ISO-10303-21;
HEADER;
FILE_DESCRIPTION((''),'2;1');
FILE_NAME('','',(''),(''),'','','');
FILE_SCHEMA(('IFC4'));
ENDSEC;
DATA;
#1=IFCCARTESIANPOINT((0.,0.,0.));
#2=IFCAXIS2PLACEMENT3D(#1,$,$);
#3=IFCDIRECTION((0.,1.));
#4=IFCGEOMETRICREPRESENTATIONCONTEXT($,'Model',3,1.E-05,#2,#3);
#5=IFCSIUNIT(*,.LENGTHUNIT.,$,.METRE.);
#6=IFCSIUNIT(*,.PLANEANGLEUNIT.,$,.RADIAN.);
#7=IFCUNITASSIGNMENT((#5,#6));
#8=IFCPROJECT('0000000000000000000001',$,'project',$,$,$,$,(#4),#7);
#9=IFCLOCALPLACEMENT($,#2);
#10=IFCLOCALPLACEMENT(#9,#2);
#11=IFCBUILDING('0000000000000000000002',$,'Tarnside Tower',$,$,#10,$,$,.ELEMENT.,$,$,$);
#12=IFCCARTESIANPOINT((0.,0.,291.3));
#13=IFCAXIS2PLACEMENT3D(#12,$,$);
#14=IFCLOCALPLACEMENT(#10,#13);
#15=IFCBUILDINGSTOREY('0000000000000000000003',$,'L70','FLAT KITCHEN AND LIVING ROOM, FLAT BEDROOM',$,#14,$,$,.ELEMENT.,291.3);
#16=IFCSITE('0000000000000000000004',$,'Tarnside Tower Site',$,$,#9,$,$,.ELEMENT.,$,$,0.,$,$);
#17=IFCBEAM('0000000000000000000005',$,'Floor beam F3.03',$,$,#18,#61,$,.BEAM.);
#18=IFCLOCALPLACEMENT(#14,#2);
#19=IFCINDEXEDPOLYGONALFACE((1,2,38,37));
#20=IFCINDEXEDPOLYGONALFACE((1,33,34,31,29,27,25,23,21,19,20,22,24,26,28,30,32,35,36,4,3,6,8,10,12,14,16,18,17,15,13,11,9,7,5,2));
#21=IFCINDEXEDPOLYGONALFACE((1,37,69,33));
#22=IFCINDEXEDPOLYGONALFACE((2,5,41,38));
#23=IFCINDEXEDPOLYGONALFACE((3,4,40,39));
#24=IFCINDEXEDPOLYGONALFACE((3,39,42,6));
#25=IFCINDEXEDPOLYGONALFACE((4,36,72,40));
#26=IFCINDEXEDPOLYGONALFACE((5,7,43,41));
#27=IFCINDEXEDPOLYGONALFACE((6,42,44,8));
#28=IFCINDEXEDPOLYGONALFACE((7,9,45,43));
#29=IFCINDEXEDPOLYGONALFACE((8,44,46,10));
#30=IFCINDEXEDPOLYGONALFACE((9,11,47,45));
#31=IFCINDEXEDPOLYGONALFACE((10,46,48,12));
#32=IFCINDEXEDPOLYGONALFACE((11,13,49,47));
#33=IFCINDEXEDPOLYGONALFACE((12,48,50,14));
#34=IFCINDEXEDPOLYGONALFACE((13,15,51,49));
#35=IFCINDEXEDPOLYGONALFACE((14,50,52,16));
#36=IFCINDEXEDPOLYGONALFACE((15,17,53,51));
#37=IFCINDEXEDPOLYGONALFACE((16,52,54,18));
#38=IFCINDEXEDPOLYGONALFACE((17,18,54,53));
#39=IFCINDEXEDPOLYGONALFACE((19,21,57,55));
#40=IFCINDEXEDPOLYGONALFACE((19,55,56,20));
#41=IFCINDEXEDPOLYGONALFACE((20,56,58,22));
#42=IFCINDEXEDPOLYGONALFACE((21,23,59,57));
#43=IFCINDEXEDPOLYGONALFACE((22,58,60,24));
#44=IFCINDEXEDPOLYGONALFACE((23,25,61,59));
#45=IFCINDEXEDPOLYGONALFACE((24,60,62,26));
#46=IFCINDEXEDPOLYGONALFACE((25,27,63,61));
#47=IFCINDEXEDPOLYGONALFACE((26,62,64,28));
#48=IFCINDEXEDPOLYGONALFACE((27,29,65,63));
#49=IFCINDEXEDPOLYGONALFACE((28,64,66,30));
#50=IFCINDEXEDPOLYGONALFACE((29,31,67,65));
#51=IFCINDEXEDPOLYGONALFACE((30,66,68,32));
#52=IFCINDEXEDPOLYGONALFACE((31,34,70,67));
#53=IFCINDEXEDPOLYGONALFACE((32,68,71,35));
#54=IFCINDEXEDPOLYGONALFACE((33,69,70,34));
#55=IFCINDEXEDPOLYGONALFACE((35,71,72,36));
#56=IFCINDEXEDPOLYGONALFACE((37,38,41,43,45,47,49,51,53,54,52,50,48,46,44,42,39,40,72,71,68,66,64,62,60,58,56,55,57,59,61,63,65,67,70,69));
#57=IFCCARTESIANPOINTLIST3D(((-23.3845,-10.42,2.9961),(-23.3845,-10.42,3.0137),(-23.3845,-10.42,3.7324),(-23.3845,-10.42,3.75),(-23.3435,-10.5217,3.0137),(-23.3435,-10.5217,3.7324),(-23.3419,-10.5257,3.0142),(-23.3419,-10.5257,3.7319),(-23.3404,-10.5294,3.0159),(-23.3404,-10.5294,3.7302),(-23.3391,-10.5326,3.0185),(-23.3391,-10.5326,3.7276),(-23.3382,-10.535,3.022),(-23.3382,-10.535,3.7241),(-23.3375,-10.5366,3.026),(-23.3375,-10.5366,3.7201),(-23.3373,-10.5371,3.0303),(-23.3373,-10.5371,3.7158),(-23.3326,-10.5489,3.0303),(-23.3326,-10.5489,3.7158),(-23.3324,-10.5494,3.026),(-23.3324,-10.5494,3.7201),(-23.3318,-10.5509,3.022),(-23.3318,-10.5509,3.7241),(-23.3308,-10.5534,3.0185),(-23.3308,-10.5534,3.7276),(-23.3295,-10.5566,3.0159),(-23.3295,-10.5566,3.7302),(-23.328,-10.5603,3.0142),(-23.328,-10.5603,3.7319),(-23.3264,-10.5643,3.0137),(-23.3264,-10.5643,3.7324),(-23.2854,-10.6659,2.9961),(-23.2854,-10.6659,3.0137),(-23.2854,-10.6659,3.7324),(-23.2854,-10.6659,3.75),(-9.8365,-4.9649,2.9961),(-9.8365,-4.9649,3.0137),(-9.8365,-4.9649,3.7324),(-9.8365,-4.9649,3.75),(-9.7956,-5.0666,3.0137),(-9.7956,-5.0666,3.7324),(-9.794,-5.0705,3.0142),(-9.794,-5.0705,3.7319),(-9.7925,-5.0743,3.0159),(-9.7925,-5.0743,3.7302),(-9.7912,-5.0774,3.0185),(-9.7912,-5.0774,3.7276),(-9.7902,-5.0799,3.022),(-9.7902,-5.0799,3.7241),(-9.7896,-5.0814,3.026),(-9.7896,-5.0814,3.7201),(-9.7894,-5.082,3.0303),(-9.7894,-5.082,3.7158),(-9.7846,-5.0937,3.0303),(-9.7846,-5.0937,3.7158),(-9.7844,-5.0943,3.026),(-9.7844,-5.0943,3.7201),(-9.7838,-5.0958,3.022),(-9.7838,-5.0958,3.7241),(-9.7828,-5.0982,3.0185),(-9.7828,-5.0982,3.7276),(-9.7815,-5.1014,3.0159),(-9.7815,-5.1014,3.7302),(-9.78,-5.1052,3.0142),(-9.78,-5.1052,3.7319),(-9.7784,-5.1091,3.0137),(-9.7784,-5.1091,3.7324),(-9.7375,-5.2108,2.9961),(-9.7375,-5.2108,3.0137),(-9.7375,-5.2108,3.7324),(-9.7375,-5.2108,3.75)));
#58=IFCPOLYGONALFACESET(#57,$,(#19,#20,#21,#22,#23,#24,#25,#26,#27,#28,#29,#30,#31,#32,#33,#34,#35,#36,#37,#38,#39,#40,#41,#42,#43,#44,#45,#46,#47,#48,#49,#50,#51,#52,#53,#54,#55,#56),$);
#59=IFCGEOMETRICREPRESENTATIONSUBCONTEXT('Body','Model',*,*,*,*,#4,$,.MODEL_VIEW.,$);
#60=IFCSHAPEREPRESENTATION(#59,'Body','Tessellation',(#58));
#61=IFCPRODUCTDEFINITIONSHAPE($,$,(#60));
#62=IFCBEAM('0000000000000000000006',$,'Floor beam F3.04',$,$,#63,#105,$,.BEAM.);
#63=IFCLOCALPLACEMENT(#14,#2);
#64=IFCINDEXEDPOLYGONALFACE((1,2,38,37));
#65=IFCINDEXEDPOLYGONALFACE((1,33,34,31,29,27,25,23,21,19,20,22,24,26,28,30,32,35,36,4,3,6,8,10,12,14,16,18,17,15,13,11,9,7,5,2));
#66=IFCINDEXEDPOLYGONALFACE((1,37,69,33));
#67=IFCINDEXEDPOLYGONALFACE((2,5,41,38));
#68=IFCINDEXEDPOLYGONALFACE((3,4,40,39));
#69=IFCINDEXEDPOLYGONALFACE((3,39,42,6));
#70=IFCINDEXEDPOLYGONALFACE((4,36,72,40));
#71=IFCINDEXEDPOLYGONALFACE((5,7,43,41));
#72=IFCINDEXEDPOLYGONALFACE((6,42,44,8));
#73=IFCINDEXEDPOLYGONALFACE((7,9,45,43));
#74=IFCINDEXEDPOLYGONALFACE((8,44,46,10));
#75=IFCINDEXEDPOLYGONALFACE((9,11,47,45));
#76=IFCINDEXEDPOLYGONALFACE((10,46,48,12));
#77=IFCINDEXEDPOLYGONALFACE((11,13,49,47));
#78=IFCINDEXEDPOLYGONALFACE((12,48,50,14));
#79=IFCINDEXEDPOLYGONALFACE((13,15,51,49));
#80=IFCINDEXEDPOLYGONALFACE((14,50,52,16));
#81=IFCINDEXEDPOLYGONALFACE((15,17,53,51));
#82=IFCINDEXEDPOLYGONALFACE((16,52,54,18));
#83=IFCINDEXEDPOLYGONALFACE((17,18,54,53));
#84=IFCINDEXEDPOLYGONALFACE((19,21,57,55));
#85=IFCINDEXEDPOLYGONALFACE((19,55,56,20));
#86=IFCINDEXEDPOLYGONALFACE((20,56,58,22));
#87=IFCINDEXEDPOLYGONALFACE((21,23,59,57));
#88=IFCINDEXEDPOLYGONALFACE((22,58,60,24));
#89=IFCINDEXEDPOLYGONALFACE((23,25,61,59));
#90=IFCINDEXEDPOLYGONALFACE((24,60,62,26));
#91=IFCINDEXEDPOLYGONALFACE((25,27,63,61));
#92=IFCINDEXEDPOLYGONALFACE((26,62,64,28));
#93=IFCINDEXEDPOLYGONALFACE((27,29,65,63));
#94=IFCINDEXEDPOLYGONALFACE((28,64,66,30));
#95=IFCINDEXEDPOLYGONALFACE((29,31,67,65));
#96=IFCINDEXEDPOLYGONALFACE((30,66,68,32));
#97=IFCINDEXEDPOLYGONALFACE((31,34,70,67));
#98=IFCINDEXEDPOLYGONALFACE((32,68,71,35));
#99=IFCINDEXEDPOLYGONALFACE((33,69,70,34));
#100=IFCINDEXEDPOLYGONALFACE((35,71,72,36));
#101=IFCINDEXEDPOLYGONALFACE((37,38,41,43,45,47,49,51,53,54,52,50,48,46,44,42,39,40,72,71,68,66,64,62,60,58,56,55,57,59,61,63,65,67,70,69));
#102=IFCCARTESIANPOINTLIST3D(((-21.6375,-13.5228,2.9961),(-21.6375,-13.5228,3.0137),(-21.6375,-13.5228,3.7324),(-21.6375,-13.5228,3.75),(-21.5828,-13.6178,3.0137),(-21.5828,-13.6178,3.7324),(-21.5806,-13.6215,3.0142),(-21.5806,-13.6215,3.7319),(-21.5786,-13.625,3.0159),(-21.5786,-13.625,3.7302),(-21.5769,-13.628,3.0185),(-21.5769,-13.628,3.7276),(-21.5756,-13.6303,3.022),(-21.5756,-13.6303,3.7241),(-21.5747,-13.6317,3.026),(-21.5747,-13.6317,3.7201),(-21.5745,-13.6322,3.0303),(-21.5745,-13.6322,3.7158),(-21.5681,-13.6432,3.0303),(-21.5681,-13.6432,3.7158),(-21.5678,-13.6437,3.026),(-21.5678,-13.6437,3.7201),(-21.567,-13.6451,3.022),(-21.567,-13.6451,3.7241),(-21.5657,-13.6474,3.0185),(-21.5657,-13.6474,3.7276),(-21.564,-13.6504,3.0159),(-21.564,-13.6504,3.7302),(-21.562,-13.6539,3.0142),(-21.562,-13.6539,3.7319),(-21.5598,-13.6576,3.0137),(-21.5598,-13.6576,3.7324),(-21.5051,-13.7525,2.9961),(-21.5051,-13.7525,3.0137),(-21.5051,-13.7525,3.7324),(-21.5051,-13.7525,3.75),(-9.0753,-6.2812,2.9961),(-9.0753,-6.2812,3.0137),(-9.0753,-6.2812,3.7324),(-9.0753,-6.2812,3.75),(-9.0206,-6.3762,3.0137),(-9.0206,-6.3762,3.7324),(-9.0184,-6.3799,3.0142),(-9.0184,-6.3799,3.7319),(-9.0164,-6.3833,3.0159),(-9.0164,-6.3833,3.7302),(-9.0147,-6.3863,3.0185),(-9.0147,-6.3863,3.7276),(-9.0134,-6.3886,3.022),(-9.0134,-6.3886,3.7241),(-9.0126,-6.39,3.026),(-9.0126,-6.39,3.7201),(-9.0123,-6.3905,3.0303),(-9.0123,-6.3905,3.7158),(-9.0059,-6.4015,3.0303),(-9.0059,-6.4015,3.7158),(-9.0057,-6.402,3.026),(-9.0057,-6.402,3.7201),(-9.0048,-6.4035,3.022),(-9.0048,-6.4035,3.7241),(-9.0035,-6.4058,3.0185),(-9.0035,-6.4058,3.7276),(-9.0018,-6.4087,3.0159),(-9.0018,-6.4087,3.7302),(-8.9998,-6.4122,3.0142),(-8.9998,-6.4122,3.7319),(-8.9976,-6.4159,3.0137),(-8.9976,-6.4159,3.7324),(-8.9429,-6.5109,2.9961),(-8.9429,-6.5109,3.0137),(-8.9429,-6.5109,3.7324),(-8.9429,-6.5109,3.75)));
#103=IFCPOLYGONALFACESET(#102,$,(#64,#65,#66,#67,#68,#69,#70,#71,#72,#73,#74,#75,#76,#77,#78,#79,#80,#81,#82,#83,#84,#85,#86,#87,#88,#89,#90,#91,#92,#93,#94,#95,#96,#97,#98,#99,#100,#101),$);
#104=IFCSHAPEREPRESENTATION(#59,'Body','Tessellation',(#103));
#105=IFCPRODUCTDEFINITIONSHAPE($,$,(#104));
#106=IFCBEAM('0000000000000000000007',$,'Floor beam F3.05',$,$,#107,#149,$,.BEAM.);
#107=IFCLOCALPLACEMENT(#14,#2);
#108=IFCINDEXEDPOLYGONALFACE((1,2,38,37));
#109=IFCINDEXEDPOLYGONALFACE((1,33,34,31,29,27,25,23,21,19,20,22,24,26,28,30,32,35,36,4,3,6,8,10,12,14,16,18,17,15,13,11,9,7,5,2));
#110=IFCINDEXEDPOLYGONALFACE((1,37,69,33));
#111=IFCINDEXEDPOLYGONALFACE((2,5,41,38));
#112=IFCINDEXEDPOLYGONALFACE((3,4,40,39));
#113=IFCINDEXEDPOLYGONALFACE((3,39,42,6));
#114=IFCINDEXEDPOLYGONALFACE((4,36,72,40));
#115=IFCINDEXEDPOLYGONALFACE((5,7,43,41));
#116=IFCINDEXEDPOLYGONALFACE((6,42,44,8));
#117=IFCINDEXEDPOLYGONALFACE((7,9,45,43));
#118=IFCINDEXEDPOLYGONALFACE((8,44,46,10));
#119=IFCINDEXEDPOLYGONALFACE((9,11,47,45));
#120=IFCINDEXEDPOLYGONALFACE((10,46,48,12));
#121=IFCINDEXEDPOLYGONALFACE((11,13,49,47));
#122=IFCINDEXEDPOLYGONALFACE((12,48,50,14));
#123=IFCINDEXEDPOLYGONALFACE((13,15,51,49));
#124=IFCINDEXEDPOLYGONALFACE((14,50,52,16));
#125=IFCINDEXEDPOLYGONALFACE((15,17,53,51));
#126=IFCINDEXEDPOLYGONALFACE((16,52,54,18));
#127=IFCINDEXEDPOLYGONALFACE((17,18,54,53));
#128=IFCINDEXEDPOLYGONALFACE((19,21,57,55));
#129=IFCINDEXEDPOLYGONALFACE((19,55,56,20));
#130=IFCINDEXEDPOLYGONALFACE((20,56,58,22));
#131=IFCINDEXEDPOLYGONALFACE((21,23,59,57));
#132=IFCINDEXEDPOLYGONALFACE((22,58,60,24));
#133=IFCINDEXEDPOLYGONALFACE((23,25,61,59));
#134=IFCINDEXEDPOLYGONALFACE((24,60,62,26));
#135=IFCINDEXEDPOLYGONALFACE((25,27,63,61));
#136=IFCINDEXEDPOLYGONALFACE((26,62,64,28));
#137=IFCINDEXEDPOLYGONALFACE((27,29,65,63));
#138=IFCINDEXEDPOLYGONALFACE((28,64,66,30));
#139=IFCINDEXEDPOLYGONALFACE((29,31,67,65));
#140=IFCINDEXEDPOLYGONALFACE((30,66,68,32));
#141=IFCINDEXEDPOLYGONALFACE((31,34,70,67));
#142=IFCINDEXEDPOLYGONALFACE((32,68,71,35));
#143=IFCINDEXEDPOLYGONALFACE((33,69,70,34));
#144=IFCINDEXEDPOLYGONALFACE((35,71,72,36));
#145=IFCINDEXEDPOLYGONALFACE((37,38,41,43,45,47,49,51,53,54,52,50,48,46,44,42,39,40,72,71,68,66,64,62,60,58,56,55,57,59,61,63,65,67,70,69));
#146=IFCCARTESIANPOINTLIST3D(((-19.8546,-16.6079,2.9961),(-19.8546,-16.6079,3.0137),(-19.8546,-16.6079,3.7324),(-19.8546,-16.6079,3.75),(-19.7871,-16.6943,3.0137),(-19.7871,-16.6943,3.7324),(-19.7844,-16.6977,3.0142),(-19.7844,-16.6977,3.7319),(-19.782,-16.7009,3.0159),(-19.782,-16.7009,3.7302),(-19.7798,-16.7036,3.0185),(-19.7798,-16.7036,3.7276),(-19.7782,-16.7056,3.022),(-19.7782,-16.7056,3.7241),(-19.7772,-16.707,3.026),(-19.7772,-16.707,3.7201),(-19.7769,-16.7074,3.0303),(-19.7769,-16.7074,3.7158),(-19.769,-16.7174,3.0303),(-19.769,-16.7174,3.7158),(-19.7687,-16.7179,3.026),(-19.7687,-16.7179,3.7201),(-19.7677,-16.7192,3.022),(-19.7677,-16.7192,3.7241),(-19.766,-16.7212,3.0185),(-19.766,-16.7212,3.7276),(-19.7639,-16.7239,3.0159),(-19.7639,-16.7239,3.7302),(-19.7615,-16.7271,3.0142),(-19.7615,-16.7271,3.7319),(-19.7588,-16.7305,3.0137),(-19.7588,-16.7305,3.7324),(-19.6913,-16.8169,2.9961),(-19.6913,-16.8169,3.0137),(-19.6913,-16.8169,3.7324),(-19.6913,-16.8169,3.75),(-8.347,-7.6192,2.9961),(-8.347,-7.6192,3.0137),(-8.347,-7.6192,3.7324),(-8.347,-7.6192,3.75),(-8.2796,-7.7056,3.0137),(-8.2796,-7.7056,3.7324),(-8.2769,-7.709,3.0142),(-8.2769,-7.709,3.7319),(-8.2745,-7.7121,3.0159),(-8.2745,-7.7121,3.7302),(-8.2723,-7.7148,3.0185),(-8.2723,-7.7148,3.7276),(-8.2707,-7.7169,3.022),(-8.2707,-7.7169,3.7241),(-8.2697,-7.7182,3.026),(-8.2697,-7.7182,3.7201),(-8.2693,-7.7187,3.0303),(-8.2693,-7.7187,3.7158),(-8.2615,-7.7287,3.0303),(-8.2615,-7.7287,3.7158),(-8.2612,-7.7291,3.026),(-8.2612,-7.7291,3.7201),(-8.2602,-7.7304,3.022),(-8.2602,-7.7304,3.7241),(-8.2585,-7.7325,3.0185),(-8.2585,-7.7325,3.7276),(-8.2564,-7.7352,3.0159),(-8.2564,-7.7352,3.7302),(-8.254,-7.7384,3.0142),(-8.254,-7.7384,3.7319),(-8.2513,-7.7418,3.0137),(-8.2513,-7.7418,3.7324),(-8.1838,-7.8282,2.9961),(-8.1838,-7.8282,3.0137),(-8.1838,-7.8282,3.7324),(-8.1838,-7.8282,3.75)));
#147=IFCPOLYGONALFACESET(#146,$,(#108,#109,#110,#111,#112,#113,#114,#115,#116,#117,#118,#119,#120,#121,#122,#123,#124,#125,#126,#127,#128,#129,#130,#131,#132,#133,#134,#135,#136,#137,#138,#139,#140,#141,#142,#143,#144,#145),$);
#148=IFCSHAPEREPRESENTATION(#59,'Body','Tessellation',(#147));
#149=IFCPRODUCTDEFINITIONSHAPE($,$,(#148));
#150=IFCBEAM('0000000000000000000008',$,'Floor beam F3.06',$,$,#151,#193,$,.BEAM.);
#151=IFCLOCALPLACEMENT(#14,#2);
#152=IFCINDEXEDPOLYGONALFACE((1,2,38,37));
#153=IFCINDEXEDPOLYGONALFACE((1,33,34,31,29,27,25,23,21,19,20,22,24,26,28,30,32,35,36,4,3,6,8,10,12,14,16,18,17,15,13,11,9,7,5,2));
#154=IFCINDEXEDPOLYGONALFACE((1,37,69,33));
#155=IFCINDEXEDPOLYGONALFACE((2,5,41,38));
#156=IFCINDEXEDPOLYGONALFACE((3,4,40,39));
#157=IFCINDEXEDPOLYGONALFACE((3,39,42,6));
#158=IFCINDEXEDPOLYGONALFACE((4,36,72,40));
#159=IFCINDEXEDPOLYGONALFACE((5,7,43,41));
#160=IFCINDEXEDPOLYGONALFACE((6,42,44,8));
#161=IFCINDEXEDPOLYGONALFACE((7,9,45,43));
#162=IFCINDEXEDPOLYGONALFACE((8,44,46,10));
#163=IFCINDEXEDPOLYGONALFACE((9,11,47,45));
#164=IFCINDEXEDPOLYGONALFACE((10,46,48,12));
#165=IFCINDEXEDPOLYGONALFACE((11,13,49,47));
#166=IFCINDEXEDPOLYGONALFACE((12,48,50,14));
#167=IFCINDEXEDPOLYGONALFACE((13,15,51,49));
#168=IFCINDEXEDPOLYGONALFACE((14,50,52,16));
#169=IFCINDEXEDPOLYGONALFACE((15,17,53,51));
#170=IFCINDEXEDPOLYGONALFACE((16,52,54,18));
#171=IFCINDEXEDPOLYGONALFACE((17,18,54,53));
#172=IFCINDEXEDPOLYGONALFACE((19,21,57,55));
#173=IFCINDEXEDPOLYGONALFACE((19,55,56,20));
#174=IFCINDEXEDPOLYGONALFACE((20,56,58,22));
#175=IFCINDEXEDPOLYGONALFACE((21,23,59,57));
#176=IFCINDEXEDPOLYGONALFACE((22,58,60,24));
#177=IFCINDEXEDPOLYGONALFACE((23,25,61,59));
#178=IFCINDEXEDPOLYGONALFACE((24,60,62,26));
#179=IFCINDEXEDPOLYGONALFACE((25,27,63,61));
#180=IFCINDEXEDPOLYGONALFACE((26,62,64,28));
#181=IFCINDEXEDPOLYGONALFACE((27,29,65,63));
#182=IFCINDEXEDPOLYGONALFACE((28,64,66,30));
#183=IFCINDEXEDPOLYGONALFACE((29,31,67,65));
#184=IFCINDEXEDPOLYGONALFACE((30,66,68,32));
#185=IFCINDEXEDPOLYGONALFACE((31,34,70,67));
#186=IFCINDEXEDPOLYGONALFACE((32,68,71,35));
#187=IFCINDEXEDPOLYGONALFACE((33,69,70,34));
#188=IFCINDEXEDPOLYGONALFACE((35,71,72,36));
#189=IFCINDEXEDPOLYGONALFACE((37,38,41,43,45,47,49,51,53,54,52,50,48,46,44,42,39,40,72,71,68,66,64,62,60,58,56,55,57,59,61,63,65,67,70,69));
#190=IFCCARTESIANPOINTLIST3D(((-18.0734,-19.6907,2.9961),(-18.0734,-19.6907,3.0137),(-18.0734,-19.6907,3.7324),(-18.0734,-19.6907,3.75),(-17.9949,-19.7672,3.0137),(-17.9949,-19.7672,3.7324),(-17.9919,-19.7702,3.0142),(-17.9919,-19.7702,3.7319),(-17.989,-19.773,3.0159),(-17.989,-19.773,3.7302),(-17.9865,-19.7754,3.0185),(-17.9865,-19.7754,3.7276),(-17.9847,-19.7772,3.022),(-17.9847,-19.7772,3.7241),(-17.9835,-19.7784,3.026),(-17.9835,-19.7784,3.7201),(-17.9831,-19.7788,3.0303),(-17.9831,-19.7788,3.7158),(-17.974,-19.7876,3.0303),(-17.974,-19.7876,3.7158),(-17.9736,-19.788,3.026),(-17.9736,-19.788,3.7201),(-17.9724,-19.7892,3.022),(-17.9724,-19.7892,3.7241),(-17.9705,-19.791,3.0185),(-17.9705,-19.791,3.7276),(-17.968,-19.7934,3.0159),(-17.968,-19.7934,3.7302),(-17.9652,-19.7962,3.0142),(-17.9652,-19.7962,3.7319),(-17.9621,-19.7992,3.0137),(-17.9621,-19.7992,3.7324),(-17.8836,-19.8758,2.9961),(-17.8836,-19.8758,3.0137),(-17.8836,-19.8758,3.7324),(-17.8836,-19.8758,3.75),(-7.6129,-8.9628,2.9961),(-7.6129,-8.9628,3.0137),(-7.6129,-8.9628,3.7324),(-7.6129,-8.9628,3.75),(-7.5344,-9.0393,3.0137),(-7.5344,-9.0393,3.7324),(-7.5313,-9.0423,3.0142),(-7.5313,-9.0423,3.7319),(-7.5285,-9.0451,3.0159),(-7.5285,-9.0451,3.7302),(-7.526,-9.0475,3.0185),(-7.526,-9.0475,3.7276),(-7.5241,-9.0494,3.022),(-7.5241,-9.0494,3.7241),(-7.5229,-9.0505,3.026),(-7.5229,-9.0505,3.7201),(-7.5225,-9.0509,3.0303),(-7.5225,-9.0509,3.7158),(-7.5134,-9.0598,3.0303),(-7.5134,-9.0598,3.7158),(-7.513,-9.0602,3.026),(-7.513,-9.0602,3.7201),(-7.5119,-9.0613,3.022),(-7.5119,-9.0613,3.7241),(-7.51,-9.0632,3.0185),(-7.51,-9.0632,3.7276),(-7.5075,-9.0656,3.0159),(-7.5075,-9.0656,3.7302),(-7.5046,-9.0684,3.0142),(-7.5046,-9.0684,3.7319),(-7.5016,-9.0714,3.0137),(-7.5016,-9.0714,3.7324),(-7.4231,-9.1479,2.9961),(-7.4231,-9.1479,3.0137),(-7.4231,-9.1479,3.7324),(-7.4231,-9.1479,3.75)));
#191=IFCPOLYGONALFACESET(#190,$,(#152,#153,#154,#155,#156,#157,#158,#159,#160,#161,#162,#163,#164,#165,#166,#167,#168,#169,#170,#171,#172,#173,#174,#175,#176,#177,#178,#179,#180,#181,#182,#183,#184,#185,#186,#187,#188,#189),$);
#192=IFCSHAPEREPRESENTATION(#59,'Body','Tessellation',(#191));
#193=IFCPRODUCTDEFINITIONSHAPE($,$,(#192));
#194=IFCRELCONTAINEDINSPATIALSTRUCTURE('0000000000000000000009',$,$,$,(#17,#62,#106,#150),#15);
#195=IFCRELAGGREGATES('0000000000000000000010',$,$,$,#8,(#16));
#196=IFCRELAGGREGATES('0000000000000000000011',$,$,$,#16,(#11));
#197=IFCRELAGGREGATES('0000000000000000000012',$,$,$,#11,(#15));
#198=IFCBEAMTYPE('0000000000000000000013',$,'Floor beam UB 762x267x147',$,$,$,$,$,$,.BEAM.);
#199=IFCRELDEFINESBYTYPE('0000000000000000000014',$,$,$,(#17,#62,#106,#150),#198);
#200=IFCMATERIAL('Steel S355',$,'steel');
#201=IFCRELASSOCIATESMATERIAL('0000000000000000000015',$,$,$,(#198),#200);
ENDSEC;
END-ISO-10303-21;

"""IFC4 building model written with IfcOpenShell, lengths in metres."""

from ifc_helpers import new_model, si_unit, direction, frame, origin, origin_2d, place, context, subcontext, project, spatial, i_section, extrude, material, material_profile, profile_set, type_object, element, save


model = new_model("IFC4")

# Units and contexts
model_context = context("Model", 3, precision=1e-05, world=origin(), true_north=direction((0.0, 1.0)))
body_context = subcontext(model_context, "Body", "Model", "MODEL_VIEW")
ifc_project = project(units=[si_unit("LENGTHUNIT", "METRE"), si_unit("PLANEANGLEUNIT", "RADIAN")], contexts=[model_context])

# Site, building, storey
site_placement = place(None, origin())
site = spatial("IfcSite", under=ifc_project, at=site_placement, Name="Tarnside Tower Site", CompositionType="ELEMENT", RefElevation=0.0)
building_placement = place(site_placement, origin())
building = spatial("IfcBuilding", under=site, at=building_placement, Name="Tarnside Tower", CompositionType="ELEMENT")
storey_placement = place(building_placement, frame((0.0, 0.0, 291.3)))
storey = spatial("IfcBuildingStorey", under=building, at=storey_placement, Name="L70", Description="FLAT KITCHEN AND LIVING ROOM, FLAT BEDROOM", CompositionType="ELEMENT", Elevation=291.3)

# Beams
ifc_material_1 = material(Name="Steel S355", Category="steel")
ifc_material_profile_1 = material_profile(ifc_material_1, i_section(OverallWidth=0.2651, OverallDepth=0.7539, WebThickness=0.0127, FlangeThickness=0.0176, FilletRadius=0.0166, at=origin_2d()), Name="UB 762x267x147")
ifc_profile_set_1 = profile_set([ifc_material_profile_1], Name="Steel S355")
beam_type_1 = type_object("IfcBeamType", Name="Floor beam UB 762x267x147", PredefinedType="BEAM", material=ifc_profile_set_1)
beam_1_placement = place(storey_placement, frame((-23.335, -10.543, 3.373), z_axis=(0.927626, 0.373511, 0.0), x_axis=(-0.373511, 0.927626, 0.0)))
element("IfcBeam", 1, at=beam_1_placement, inside=storey, type_object=beam_type_1, Name="Floor beam F3.03", PredefinedType="BEAM", context=body_context, shape_type="SweptSolid", body=[
    extrude(i_section(OverallWidth=0.2651, OverallDepth=0.7539, WebThickness=0.0127, FlangeThickness=0.0176, FilletRadius=0.0166, at=origin_2d()), origin(), (0.0, 0.0, 1.0), 14.605),
])
beam_2_placement = place(storey_placement, frame((-21.5713, -13.6377, 3.373), z_axis=(0.866357, 0.499425, 0.0), x_axis=(-0.499425, 0.866357, 0.0)))
element("IfcBeam", 2, at=beam_2_placement, inside=storey, type_object=beam_type_1, Name="Floor beam F3.04", PredefinedType="BEAM", context=body_context, shape_type="SweptSolid", body=[
    extrude(i_section(OverallWidth=0.2651, OverallDepth=0.7539, WebThickness=0.0127, FlangeThickness=0.0176, FilletRadius=0.0166, at=origin_2d()), origin(), (0.0, 0.0, 1.0), 14.5),
])
beam_3_placement = place(storey_placement, frame((-19.7729, -16.7124, 3.373), z_axis=(0.788075, 0.615579, 0.0), x_axis=(-0.615579, 0.788075, 0.0)))
element("IfcBeam", 3, at=beam_3_placement, inside=storey, type_object=beam_type_1, Name="Floor beam F3.05", PredefinedType="BEAM", context=body_context, shape_type="SweptSolid", body=[
    extrude(i_section(OverallWidth=0.2651, OverallDepth=0.7539, WebThickness=0.0127, FlangeThickness=0.0176, FilletRadius=0.0166, at=origin_2d()), origin(), (0.0, 0.0, 1.0), 14.6021),
])
beam_4_placement = place(storey_placement, frame((-17.9785, -19.7832, 3.373), z_axis=(0.69813, 0.715971, 0.0), x_axis=(-0.715971, 0.69813, 0.0)))
element("IfcBeam", 4, at=beam_4_placement, inside=storey, type_object=beam_type_1, Name="Floor beam F3.06", PredefinedType="BEAM", context=body_context, shape_type="SweptSolid", body=[
    extrude(i_section(OverallWidth=0.2651, OverallDepth=0.7539, WebThickness=0.0127, FlangeThickness=0.0176, FilletRadius=0.0166, at=origin_2d()), origin(), (0.0, 0.0, 1.0), 14.9836),
])

save(model, "model.ifc")
